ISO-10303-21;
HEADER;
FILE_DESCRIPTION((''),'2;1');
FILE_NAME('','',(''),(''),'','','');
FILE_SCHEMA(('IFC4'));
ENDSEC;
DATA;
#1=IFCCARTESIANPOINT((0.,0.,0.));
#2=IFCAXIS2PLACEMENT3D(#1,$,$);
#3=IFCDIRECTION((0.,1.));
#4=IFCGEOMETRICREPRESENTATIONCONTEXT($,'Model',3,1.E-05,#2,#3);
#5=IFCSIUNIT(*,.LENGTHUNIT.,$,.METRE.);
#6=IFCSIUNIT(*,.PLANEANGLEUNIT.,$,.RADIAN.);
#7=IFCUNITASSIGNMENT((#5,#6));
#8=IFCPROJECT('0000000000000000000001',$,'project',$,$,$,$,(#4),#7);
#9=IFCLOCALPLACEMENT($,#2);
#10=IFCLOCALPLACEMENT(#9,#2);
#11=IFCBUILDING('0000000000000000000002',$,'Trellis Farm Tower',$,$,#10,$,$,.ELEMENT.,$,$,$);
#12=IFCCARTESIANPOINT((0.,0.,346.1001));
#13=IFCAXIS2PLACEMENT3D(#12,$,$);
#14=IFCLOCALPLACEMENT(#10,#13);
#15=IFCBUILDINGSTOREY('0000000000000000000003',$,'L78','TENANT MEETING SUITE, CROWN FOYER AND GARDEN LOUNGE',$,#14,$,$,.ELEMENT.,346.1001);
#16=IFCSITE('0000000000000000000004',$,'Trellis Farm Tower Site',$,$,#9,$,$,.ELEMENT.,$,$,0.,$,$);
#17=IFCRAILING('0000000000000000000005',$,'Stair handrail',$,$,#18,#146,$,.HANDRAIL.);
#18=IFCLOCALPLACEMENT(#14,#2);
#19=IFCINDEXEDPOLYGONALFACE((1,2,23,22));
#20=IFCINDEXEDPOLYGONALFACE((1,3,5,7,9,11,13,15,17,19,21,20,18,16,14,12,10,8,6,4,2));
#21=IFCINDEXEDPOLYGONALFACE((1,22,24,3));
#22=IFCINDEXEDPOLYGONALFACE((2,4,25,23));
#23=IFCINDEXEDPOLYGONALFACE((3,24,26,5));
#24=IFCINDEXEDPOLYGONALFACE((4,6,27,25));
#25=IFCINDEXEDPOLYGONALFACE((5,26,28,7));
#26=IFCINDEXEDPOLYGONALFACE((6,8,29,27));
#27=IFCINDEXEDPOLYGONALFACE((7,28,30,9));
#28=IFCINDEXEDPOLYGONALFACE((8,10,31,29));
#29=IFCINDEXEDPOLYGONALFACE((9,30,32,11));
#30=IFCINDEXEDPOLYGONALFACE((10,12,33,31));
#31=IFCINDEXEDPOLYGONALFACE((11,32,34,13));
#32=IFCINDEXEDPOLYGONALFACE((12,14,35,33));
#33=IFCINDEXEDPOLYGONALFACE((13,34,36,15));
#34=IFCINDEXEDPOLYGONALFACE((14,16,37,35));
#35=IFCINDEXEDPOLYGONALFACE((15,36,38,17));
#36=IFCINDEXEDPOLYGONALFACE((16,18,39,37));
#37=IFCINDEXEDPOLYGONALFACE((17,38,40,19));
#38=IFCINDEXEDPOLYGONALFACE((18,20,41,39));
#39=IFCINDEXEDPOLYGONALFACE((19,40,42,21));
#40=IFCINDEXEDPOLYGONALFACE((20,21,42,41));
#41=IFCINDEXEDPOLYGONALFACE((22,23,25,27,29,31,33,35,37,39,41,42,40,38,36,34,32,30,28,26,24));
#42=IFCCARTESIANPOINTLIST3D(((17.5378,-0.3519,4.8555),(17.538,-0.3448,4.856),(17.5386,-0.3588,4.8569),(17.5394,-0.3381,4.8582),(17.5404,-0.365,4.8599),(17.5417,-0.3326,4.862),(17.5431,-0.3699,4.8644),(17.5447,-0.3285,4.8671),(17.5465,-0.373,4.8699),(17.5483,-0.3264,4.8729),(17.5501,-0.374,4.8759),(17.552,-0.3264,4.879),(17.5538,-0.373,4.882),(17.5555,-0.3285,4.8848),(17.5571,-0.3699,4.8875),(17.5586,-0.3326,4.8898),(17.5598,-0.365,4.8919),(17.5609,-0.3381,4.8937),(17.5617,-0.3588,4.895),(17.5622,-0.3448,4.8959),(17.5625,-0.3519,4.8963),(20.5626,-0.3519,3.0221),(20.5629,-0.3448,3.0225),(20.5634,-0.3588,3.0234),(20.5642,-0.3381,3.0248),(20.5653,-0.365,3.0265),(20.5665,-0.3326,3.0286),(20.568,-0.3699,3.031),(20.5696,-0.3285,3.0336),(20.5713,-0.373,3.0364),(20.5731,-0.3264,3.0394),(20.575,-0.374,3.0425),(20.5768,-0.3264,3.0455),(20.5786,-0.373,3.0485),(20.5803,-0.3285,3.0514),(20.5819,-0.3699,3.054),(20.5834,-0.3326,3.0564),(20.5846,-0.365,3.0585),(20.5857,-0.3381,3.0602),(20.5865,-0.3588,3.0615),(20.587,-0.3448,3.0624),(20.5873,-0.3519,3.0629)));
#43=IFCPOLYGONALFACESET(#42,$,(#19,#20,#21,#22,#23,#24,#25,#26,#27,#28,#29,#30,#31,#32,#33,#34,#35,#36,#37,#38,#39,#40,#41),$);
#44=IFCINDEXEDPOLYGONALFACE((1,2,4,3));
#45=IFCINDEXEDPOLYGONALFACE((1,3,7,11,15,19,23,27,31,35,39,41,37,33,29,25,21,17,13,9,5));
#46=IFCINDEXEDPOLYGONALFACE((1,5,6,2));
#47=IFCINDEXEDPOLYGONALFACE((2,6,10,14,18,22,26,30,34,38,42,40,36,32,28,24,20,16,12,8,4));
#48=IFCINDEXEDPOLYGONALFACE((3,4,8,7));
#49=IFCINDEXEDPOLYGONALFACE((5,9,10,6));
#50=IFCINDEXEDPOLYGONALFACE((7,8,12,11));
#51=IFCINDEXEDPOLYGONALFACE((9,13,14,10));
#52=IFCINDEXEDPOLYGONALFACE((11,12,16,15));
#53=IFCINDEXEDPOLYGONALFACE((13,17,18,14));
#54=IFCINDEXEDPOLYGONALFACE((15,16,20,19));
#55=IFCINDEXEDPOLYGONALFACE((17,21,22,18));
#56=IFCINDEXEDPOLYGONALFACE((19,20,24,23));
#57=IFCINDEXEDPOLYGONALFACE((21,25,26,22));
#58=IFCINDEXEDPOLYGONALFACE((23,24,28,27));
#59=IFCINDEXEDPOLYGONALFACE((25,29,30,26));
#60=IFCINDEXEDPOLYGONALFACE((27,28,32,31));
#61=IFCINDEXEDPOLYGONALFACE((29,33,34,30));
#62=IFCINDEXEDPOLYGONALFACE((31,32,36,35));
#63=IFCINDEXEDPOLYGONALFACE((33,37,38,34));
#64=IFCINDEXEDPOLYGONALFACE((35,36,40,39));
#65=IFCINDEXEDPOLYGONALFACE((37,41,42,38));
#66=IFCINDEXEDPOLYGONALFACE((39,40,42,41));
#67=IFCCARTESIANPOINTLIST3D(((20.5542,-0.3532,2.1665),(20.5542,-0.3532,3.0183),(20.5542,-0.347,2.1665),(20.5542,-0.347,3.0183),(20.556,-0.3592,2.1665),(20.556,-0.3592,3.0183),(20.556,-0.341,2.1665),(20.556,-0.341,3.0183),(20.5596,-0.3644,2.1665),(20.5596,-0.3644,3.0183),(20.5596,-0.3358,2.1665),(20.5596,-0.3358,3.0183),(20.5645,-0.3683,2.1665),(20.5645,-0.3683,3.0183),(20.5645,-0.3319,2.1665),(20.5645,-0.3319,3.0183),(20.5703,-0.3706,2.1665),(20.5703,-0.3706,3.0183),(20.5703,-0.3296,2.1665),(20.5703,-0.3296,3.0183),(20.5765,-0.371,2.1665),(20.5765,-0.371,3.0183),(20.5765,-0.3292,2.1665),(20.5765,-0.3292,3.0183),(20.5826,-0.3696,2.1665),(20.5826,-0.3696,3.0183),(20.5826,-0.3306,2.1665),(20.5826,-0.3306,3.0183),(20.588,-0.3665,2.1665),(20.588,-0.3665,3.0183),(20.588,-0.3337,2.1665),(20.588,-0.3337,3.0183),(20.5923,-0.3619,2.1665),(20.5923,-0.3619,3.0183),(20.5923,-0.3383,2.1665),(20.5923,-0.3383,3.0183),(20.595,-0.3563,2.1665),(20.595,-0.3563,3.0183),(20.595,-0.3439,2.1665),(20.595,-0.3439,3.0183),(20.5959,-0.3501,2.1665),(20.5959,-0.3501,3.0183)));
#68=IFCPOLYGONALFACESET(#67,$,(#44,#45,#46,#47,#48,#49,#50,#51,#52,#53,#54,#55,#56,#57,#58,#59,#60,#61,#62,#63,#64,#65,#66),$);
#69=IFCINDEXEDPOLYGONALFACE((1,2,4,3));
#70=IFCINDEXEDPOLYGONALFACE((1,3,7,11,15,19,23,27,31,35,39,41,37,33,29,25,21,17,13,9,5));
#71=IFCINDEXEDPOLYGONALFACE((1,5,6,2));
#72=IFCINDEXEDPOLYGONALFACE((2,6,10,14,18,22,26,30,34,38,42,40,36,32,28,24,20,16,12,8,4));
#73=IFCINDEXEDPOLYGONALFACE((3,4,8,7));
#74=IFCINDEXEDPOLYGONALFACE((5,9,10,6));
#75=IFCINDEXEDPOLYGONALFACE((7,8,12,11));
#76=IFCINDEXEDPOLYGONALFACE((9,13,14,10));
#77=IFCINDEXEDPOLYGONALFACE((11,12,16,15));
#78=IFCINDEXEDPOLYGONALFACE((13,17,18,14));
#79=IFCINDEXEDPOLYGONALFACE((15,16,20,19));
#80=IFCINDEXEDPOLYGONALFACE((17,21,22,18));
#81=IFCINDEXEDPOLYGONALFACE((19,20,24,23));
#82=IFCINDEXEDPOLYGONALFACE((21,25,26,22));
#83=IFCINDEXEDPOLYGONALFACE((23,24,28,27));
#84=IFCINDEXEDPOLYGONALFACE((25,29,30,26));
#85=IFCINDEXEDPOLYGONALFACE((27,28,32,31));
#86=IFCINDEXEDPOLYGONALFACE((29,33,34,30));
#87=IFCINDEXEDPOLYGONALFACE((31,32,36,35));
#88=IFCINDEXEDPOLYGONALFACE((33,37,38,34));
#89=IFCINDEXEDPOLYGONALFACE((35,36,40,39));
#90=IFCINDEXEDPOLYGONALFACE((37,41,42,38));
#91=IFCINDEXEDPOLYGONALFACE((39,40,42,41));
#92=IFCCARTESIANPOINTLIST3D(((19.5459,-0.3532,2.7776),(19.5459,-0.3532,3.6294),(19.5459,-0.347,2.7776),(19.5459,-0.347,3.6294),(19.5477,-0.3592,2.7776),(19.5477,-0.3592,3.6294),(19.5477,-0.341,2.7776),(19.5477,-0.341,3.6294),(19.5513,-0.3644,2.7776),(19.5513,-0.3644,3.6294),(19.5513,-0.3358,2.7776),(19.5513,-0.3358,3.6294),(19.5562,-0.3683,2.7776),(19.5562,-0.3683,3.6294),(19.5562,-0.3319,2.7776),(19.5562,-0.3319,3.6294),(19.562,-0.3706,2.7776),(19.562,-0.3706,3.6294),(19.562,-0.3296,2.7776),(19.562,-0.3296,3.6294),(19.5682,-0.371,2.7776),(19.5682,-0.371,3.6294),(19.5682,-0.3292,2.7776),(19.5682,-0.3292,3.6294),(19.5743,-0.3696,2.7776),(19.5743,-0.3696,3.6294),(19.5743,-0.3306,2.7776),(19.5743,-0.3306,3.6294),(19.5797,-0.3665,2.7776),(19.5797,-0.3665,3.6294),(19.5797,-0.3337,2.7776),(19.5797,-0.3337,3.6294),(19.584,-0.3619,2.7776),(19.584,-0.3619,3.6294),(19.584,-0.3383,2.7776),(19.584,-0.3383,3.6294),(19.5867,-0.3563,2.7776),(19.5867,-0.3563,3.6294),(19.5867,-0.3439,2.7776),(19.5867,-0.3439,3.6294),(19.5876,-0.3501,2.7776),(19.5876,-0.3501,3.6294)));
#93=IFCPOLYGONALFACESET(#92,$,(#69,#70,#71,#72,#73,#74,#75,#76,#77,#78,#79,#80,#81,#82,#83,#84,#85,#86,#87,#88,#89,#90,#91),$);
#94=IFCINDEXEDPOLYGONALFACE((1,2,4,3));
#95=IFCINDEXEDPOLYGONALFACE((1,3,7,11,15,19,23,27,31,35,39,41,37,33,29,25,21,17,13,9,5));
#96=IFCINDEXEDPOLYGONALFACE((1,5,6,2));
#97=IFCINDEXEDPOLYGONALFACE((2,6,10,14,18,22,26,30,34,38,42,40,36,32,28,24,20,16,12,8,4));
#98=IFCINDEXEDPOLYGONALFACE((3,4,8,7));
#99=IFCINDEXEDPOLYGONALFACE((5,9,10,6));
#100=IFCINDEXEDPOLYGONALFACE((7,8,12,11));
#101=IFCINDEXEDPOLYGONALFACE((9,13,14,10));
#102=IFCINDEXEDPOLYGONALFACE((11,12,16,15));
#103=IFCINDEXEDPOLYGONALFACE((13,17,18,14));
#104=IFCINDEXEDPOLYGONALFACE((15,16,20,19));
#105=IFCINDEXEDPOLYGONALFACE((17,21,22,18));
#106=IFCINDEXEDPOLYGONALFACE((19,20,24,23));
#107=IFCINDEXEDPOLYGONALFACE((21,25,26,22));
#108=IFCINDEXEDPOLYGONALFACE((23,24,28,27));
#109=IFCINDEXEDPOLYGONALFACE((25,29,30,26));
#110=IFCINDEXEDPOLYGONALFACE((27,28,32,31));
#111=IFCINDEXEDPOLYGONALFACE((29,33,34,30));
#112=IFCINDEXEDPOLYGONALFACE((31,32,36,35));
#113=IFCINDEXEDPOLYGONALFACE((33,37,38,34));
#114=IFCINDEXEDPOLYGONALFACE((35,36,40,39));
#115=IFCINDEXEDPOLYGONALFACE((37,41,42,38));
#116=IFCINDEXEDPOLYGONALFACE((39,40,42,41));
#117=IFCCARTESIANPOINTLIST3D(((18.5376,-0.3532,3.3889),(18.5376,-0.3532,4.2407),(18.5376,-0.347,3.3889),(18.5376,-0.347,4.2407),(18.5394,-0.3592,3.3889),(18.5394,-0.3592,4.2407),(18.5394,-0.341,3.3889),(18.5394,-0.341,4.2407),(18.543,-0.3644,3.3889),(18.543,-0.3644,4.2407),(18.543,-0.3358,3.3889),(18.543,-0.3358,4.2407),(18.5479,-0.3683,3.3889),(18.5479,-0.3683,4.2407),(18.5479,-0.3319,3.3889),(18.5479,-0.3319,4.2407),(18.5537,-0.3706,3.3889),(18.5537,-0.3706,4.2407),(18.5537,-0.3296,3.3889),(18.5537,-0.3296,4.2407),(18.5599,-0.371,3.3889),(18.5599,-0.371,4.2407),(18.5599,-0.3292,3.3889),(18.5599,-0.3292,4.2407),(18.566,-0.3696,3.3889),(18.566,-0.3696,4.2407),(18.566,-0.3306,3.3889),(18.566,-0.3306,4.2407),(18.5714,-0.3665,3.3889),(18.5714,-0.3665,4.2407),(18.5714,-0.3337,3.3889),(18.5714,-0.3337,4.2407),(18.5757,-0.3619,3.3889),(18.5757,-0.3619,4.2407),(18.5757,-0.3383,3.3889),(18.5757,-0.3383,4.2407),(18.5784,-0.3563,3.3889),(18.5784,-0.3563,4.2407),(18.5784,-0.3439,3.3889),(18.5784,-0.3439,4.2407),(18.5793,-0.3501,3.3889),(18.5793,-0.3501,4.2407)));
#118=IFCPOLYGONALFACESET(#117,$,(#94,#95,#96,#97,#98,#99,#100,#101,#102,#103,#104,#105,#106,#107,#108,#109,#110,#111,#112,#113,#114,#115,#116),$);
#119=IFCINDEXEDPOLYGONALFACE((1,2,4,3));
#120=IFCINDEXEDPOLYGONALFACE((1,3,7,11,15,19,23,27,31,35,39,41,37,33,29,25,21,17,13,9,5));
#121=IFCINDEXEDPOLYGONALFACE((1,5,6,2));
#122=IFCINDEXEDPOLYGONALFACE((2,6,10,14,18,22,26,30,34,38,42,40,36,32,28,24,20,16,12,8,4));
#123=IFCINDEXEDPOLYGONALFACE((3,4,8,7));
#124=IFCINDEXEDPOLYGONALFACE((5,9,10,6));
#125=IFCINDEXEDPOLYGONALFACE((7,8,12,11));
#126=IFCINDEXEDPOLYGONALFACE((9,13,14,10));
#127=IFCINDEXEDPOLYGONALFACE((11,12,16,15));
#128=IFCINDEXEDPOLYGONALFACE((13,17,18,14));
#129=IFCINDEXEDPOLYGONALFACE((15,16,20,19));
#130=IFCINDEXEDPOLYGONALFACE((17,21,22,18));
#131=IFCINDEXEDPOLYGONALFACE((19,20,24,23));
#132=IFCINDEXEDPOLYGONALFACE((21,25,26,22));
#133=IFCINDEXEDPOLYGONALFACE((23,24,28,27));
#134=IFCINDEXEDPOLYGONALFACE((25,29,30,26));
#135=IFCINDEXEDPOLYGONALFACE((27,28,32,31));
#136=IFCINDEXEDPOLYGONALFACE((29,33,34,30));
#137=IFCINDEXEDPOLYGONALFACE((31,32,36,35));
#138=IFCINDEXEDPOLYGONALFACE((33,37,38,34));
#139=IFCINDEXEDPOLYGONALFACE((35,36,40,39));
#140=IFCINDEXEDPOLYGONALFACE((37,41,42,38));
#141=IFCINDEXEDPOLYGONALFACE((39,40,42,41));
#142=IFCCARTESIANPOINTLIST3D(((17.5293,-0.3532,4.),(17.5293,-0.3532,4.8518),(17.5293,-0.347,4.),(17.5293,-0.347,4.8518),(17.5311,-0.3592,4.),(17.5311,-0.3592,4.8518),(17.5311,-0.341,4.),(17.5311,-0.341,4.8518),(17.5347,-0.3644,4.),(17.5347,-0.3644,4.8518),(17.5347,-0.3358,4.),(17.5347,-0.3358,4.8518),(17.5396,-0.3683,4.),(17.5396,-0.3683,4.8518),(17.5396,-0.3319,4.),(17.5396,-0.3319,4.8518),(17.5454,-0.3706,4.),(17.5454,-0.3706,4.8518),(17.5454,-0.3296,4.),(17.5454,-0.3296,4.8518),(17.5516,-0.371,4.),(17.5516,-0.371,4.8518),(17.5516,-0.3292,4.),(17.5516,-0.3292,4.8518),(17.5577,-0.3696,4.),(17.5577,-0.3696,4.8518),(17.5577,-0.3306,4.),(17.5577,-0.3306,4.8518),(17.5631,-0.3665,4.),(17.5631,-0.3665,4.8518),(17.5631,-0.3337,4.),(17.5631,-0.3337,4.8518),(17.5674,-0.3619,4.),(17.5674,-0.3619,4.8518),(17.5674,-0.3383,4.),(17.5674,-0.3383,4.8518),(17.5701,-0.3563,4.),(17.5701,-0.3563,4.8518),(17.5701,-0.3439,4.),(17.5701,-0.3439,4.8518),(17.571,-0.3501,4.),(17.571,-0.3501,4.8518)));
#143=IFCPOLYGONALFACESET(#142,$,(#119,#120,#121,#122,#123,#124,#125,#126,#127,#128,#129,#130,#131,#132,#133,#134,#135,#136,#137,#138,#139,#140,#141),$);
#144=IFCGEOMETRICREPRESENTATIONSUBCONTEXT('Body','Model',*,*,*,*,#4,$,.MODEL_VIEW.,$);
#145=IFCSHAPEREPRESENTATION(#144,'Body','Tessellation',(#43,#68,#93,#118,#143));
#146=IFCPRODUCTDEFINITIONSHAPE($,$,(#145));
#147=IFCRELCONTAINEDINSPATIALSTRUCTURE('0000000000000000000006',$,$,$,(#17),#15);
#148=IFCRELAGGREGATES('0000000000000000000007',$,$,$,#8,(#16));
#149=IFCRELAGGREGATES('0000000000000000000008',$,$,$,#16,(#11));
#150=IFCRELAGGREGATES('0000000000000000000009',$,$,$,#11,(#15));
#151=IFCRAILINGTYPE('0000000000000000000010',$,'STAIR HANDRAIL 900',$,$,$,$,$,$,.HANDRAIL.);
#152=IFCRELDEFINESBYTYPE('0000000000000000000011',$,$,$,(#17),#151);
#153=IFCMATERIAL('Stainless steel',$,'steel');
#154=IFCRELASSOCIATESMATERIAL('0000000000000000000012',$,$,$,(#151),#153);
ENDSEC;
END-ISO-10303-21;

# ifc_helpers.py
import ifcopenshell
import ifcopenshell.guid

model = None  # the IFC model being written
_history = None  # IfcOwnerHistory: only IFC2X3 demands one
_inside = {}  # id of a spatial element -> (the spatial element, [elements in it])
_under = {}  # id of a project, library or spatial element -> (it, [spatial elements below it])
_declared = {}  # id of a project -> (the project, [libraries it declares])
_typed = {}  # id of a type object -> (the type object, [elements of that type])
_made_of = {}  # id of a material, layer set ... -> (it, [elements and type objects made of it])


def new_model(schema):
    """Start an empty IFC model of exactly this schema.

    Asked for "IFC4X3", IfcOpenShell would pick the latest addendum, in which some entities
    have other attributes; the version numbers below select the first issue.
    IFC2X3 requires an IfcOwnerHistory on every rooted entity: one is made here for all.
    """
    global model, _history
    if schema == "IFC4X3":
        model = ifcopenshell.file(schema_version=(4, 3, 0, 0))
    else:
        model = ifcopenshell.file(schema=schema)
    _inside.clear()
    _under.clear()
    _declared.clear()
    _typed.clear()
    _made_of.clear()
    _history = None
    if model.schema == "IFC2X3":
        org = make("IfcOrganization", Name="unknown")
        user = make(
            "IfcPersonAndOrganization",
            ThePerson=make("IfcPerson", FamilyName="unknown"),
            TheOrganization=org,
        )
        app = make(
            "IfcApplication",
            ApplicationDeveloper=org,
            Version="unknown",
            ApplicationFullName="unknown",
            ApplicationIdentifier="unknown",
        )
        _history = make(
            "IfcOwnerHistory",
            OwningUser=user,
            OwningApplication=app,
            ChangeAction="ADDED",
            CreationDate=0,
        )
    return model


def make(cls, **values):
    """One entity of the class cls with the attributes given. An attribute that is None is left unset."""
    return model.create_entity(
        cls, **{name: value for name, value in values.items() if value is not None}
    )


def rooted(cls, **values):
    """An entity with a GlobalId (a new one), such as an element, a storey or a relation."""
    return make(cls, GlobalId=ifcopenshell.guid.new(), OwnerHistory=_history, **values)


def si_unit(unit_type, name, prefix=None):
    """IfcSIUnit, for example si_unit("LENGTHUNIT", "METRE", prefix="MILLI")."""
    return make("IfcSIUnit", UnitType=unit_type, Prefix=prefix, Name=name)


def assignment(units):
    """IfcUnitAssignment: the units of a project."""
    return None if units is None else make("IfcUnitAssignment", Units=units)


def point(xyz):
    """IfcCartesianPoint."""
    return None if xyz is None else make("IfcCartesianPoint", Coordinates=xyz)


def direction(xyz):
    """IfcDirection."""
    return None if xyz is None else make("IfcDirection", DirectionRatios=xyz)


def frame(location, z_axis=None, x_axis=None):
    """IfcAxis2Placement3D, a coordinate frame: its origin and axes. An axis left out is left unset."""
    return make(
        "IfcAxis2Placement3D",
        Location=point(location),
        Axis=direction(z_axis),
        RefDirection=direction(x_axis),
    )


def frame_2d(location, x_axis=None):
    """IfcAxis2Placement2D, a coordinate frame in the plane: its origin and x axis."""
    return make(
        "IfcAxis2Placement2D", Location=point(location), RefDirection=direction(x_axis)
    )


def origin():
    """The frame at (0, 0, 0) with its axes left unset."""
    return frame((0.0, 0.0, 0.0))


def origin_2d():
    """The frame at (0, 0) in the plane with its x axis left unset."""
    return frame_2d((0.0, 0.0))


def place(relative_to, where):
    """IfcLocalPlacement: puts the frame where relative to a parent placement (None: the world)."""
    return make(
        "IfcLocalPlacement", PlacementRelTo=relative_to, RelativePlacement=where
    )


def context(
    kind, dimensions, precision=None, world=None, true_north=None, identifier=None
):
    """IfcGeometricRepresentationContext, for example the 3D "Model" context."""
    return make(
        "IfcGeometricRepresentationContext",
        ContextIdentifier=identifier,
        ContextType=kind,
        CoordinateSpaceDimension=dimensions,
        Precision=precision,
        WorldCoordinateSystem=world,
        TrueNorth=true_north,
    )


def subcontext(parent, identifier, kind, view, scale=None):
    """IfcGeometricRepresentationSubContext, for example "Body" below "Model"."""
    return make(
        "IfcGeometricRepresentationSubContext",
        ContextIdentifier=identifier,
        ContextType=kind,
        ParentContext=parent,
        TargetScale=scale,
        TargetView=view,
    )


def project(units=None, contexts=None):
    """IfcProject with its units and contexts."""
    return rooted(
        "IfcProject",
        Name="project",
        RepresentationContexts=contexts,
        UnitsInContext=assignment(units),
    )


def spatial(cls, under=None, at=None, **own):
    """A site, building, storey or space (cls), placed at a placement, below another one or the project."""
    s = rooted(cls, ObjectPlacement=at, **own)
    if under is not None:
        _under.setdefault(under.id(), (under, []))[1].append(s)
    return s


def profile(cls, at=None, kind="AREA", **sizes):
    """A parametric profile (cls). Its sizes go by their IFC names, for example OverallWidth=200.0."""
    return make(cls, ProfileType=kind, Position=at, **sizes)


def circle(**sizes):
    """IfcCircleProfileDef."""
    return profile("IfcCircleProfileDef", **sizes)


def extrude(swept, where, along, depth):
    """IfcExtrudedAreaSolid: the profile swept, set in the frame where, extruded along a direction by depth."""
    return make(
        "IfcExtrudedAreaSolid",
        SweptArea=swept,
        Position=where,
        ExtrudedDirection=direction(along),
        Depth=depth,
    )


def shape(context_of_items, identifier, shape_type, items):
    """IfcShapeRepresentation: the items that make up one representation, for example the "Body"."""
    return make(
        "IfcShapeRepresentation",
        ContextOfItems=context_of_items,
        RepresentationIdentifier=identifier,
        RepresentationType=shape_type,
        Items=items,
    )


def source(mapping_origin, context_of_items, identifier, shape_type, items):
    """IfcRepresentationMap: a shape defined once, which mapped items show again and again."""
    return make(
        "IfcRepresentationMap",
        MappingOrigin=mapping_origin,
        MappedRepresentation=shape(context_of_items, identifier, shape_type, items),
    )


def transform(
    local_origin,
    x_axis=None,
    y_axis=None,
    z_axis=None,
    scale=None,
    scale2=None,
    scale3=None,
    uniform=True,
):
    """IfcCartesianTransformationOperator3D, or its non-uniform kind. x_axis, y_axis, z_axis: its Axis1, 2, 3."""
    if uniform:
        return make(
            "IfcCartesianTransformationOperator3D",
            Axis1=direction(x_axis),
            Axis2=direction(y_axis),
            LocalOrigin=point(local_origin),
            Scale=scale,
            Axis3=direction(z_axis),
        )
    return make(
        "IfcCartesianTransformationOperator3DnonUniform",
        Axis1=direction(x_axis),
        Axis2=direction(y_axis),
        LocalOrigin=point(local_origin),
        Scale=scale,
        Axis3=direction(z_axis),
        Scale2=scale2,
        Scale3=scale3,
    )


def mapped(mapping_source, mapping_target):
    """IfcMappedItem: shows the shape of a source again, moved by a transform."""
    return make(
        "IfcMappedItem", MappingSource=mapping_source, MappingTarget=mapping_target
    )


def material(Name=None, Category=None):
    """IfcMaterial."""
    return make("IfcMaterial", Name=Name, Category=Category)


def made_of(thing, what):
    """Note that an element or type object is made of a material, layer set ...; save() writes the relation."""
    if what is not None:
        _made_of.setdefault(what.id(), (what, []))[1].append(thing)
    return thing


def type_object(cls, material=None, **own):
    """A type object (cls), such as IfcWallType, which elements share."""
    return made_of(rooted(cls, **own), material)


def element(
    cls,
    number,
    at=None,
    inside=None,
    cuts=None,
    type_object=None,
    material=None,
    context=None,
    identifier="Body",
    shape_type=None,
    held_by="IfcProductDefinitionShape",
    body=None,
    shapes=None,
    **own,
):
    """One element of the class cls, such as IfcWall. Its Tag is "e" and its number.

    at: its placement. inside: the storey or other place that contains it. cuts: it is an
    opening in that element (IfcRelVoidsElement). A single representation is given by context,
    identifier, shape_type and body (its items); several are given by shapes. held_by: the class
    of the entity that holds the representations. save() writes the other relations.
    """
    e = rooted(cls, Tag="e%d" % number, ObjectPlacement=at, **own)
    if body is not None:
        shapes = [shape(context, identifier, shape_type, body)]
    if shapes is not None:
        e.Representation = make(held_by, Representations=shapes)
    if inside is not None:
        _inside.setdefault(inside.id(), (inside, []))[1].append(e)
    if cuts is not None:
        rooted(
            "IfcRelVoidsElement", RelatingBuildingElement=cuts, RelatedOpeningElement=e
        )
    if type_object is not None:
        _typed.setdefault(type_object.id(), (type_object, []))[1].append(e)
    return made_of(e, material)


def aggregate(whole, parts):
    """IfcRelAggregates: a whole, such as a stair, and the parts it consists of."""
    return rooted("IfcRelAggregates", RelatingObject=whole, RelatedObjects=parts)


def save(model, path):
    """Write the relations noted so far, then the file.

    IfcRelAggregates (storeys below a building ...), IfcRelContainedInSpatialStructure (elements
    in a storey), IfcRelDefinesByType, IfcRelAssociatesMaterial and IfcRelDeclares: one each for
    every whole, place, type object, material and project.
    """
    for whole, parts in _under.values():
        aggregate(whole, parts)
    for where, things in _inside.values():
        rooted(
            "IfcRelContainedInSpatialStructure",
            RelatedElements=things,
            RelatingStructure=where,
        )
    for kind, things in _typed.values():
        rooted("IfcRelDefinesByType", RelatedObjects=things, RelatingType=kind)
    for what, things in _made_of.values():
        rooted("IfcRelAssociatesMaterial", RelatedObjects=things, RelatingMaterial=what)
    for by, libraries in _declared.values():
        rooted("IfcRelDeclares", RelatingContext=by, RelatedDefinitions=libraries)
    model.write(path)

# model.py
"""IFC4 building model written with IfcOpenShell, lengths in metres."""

from ifc_helpers import new_model, si_unit, direction, frame, origin, origin_2d, place, context, subcontext, project, spatial, circle, extrude, source, transform, mapped, material, type_object, element, save


model = new_model("IFC4")

# Units and contexts
model_context = context("Model", 3, precision=1e-05, world=origin(), true_north=direction((0.0, 1.0)))
body_context = subcontext(model_context, "Body", "Model", "MODEL_VIEW")
ifc_project = project(units=[si_unit("LENGTHUNIT", "METRE"), si_unit("PLANEANGLEUNIT", "RADIAN")], contexts=[model_context])

# Site, building, storey
site_placement = place(None, origin())
site = spatial("IfcSite", under=ifc_project, at=site_placement, Name="Trellis Farm Tower Site", CompositionType="ELEMENT", RefElevation=0.0)
building_placement = place(site_placement, origin())
building = spatial("IfcBuilding", under=site, at=building_placement, Name="Trellis Farm Tower", CompositionType="ELEMENT")
storey_placement = place(building_placement, frame((0.0, 0.0, 346.1001)))
storey = spatial("IfcBuildingStorey", under=building, at=storey_placement, Name="L78", Description="TENANT MEETING SUITE, CROWN FOYER AND GARDEN LOUNGE", CompositionType="ELEMENT", Elevation=346.1001)

# Railing
ifc_material_1 = material(Name="Stainless steel", Category="steel")
railing_type = type_object("IfcRailingType", Name="STAIR HANDRAIL 900", PredefinedType="HANDRAIL", material=ifc_material_1)
shared_shape_1 = source(origin(), body_context, "Body", "SweptSolid", [
    extrude(circle(Radius=0.0239, at=origin_2d()), frame((0.0, 0.0, 0.876), z_axis=(-0.85517, 0.0, 0.518348), x_axis=(0.0, -1.0, 0.0)), (0.0, 0.0, 1.0), 3.5371),
    extrude(circle(Radius=0.021, at=origin_2d()), origin(), (0.0, 0.0, 1.0), 0.8518),
    extrude(circle(Radius=0.021, at=origin_2d()), frame((-1.0083, 0.0, 0.6111)), (0.0, 0.0, 1.0), 0.8518),
    extrude(circle(Radius=0.021, at=origin_2d()), frame((-2.0166, 0.0, 1.2224)), (0.0, 0.0, 1.0), 0.8518),
    extrude(circle(Radius=0.021, at=origin_2d()), frame((-3.0249, 0.0, 1.8335)), (0.0, 0.0, 1.0), 0.8518),
])
for number, where, name in (
    (1, (20.575, -0.3501, 2.1665), "Stair handrail"),
):
    element("IfcRailing", number, at=place(storey_placement, frame(where)), inside=storey, type_object=railing_type, Name=name, PredefinedType="HANDRAIL", context=body_context, shape_type="MappedRepresentation", body=[
        mapped(shared_shape_1, transform((0.0, 0.0, 0.0))),
    ])

save(model, "model.ifc")
